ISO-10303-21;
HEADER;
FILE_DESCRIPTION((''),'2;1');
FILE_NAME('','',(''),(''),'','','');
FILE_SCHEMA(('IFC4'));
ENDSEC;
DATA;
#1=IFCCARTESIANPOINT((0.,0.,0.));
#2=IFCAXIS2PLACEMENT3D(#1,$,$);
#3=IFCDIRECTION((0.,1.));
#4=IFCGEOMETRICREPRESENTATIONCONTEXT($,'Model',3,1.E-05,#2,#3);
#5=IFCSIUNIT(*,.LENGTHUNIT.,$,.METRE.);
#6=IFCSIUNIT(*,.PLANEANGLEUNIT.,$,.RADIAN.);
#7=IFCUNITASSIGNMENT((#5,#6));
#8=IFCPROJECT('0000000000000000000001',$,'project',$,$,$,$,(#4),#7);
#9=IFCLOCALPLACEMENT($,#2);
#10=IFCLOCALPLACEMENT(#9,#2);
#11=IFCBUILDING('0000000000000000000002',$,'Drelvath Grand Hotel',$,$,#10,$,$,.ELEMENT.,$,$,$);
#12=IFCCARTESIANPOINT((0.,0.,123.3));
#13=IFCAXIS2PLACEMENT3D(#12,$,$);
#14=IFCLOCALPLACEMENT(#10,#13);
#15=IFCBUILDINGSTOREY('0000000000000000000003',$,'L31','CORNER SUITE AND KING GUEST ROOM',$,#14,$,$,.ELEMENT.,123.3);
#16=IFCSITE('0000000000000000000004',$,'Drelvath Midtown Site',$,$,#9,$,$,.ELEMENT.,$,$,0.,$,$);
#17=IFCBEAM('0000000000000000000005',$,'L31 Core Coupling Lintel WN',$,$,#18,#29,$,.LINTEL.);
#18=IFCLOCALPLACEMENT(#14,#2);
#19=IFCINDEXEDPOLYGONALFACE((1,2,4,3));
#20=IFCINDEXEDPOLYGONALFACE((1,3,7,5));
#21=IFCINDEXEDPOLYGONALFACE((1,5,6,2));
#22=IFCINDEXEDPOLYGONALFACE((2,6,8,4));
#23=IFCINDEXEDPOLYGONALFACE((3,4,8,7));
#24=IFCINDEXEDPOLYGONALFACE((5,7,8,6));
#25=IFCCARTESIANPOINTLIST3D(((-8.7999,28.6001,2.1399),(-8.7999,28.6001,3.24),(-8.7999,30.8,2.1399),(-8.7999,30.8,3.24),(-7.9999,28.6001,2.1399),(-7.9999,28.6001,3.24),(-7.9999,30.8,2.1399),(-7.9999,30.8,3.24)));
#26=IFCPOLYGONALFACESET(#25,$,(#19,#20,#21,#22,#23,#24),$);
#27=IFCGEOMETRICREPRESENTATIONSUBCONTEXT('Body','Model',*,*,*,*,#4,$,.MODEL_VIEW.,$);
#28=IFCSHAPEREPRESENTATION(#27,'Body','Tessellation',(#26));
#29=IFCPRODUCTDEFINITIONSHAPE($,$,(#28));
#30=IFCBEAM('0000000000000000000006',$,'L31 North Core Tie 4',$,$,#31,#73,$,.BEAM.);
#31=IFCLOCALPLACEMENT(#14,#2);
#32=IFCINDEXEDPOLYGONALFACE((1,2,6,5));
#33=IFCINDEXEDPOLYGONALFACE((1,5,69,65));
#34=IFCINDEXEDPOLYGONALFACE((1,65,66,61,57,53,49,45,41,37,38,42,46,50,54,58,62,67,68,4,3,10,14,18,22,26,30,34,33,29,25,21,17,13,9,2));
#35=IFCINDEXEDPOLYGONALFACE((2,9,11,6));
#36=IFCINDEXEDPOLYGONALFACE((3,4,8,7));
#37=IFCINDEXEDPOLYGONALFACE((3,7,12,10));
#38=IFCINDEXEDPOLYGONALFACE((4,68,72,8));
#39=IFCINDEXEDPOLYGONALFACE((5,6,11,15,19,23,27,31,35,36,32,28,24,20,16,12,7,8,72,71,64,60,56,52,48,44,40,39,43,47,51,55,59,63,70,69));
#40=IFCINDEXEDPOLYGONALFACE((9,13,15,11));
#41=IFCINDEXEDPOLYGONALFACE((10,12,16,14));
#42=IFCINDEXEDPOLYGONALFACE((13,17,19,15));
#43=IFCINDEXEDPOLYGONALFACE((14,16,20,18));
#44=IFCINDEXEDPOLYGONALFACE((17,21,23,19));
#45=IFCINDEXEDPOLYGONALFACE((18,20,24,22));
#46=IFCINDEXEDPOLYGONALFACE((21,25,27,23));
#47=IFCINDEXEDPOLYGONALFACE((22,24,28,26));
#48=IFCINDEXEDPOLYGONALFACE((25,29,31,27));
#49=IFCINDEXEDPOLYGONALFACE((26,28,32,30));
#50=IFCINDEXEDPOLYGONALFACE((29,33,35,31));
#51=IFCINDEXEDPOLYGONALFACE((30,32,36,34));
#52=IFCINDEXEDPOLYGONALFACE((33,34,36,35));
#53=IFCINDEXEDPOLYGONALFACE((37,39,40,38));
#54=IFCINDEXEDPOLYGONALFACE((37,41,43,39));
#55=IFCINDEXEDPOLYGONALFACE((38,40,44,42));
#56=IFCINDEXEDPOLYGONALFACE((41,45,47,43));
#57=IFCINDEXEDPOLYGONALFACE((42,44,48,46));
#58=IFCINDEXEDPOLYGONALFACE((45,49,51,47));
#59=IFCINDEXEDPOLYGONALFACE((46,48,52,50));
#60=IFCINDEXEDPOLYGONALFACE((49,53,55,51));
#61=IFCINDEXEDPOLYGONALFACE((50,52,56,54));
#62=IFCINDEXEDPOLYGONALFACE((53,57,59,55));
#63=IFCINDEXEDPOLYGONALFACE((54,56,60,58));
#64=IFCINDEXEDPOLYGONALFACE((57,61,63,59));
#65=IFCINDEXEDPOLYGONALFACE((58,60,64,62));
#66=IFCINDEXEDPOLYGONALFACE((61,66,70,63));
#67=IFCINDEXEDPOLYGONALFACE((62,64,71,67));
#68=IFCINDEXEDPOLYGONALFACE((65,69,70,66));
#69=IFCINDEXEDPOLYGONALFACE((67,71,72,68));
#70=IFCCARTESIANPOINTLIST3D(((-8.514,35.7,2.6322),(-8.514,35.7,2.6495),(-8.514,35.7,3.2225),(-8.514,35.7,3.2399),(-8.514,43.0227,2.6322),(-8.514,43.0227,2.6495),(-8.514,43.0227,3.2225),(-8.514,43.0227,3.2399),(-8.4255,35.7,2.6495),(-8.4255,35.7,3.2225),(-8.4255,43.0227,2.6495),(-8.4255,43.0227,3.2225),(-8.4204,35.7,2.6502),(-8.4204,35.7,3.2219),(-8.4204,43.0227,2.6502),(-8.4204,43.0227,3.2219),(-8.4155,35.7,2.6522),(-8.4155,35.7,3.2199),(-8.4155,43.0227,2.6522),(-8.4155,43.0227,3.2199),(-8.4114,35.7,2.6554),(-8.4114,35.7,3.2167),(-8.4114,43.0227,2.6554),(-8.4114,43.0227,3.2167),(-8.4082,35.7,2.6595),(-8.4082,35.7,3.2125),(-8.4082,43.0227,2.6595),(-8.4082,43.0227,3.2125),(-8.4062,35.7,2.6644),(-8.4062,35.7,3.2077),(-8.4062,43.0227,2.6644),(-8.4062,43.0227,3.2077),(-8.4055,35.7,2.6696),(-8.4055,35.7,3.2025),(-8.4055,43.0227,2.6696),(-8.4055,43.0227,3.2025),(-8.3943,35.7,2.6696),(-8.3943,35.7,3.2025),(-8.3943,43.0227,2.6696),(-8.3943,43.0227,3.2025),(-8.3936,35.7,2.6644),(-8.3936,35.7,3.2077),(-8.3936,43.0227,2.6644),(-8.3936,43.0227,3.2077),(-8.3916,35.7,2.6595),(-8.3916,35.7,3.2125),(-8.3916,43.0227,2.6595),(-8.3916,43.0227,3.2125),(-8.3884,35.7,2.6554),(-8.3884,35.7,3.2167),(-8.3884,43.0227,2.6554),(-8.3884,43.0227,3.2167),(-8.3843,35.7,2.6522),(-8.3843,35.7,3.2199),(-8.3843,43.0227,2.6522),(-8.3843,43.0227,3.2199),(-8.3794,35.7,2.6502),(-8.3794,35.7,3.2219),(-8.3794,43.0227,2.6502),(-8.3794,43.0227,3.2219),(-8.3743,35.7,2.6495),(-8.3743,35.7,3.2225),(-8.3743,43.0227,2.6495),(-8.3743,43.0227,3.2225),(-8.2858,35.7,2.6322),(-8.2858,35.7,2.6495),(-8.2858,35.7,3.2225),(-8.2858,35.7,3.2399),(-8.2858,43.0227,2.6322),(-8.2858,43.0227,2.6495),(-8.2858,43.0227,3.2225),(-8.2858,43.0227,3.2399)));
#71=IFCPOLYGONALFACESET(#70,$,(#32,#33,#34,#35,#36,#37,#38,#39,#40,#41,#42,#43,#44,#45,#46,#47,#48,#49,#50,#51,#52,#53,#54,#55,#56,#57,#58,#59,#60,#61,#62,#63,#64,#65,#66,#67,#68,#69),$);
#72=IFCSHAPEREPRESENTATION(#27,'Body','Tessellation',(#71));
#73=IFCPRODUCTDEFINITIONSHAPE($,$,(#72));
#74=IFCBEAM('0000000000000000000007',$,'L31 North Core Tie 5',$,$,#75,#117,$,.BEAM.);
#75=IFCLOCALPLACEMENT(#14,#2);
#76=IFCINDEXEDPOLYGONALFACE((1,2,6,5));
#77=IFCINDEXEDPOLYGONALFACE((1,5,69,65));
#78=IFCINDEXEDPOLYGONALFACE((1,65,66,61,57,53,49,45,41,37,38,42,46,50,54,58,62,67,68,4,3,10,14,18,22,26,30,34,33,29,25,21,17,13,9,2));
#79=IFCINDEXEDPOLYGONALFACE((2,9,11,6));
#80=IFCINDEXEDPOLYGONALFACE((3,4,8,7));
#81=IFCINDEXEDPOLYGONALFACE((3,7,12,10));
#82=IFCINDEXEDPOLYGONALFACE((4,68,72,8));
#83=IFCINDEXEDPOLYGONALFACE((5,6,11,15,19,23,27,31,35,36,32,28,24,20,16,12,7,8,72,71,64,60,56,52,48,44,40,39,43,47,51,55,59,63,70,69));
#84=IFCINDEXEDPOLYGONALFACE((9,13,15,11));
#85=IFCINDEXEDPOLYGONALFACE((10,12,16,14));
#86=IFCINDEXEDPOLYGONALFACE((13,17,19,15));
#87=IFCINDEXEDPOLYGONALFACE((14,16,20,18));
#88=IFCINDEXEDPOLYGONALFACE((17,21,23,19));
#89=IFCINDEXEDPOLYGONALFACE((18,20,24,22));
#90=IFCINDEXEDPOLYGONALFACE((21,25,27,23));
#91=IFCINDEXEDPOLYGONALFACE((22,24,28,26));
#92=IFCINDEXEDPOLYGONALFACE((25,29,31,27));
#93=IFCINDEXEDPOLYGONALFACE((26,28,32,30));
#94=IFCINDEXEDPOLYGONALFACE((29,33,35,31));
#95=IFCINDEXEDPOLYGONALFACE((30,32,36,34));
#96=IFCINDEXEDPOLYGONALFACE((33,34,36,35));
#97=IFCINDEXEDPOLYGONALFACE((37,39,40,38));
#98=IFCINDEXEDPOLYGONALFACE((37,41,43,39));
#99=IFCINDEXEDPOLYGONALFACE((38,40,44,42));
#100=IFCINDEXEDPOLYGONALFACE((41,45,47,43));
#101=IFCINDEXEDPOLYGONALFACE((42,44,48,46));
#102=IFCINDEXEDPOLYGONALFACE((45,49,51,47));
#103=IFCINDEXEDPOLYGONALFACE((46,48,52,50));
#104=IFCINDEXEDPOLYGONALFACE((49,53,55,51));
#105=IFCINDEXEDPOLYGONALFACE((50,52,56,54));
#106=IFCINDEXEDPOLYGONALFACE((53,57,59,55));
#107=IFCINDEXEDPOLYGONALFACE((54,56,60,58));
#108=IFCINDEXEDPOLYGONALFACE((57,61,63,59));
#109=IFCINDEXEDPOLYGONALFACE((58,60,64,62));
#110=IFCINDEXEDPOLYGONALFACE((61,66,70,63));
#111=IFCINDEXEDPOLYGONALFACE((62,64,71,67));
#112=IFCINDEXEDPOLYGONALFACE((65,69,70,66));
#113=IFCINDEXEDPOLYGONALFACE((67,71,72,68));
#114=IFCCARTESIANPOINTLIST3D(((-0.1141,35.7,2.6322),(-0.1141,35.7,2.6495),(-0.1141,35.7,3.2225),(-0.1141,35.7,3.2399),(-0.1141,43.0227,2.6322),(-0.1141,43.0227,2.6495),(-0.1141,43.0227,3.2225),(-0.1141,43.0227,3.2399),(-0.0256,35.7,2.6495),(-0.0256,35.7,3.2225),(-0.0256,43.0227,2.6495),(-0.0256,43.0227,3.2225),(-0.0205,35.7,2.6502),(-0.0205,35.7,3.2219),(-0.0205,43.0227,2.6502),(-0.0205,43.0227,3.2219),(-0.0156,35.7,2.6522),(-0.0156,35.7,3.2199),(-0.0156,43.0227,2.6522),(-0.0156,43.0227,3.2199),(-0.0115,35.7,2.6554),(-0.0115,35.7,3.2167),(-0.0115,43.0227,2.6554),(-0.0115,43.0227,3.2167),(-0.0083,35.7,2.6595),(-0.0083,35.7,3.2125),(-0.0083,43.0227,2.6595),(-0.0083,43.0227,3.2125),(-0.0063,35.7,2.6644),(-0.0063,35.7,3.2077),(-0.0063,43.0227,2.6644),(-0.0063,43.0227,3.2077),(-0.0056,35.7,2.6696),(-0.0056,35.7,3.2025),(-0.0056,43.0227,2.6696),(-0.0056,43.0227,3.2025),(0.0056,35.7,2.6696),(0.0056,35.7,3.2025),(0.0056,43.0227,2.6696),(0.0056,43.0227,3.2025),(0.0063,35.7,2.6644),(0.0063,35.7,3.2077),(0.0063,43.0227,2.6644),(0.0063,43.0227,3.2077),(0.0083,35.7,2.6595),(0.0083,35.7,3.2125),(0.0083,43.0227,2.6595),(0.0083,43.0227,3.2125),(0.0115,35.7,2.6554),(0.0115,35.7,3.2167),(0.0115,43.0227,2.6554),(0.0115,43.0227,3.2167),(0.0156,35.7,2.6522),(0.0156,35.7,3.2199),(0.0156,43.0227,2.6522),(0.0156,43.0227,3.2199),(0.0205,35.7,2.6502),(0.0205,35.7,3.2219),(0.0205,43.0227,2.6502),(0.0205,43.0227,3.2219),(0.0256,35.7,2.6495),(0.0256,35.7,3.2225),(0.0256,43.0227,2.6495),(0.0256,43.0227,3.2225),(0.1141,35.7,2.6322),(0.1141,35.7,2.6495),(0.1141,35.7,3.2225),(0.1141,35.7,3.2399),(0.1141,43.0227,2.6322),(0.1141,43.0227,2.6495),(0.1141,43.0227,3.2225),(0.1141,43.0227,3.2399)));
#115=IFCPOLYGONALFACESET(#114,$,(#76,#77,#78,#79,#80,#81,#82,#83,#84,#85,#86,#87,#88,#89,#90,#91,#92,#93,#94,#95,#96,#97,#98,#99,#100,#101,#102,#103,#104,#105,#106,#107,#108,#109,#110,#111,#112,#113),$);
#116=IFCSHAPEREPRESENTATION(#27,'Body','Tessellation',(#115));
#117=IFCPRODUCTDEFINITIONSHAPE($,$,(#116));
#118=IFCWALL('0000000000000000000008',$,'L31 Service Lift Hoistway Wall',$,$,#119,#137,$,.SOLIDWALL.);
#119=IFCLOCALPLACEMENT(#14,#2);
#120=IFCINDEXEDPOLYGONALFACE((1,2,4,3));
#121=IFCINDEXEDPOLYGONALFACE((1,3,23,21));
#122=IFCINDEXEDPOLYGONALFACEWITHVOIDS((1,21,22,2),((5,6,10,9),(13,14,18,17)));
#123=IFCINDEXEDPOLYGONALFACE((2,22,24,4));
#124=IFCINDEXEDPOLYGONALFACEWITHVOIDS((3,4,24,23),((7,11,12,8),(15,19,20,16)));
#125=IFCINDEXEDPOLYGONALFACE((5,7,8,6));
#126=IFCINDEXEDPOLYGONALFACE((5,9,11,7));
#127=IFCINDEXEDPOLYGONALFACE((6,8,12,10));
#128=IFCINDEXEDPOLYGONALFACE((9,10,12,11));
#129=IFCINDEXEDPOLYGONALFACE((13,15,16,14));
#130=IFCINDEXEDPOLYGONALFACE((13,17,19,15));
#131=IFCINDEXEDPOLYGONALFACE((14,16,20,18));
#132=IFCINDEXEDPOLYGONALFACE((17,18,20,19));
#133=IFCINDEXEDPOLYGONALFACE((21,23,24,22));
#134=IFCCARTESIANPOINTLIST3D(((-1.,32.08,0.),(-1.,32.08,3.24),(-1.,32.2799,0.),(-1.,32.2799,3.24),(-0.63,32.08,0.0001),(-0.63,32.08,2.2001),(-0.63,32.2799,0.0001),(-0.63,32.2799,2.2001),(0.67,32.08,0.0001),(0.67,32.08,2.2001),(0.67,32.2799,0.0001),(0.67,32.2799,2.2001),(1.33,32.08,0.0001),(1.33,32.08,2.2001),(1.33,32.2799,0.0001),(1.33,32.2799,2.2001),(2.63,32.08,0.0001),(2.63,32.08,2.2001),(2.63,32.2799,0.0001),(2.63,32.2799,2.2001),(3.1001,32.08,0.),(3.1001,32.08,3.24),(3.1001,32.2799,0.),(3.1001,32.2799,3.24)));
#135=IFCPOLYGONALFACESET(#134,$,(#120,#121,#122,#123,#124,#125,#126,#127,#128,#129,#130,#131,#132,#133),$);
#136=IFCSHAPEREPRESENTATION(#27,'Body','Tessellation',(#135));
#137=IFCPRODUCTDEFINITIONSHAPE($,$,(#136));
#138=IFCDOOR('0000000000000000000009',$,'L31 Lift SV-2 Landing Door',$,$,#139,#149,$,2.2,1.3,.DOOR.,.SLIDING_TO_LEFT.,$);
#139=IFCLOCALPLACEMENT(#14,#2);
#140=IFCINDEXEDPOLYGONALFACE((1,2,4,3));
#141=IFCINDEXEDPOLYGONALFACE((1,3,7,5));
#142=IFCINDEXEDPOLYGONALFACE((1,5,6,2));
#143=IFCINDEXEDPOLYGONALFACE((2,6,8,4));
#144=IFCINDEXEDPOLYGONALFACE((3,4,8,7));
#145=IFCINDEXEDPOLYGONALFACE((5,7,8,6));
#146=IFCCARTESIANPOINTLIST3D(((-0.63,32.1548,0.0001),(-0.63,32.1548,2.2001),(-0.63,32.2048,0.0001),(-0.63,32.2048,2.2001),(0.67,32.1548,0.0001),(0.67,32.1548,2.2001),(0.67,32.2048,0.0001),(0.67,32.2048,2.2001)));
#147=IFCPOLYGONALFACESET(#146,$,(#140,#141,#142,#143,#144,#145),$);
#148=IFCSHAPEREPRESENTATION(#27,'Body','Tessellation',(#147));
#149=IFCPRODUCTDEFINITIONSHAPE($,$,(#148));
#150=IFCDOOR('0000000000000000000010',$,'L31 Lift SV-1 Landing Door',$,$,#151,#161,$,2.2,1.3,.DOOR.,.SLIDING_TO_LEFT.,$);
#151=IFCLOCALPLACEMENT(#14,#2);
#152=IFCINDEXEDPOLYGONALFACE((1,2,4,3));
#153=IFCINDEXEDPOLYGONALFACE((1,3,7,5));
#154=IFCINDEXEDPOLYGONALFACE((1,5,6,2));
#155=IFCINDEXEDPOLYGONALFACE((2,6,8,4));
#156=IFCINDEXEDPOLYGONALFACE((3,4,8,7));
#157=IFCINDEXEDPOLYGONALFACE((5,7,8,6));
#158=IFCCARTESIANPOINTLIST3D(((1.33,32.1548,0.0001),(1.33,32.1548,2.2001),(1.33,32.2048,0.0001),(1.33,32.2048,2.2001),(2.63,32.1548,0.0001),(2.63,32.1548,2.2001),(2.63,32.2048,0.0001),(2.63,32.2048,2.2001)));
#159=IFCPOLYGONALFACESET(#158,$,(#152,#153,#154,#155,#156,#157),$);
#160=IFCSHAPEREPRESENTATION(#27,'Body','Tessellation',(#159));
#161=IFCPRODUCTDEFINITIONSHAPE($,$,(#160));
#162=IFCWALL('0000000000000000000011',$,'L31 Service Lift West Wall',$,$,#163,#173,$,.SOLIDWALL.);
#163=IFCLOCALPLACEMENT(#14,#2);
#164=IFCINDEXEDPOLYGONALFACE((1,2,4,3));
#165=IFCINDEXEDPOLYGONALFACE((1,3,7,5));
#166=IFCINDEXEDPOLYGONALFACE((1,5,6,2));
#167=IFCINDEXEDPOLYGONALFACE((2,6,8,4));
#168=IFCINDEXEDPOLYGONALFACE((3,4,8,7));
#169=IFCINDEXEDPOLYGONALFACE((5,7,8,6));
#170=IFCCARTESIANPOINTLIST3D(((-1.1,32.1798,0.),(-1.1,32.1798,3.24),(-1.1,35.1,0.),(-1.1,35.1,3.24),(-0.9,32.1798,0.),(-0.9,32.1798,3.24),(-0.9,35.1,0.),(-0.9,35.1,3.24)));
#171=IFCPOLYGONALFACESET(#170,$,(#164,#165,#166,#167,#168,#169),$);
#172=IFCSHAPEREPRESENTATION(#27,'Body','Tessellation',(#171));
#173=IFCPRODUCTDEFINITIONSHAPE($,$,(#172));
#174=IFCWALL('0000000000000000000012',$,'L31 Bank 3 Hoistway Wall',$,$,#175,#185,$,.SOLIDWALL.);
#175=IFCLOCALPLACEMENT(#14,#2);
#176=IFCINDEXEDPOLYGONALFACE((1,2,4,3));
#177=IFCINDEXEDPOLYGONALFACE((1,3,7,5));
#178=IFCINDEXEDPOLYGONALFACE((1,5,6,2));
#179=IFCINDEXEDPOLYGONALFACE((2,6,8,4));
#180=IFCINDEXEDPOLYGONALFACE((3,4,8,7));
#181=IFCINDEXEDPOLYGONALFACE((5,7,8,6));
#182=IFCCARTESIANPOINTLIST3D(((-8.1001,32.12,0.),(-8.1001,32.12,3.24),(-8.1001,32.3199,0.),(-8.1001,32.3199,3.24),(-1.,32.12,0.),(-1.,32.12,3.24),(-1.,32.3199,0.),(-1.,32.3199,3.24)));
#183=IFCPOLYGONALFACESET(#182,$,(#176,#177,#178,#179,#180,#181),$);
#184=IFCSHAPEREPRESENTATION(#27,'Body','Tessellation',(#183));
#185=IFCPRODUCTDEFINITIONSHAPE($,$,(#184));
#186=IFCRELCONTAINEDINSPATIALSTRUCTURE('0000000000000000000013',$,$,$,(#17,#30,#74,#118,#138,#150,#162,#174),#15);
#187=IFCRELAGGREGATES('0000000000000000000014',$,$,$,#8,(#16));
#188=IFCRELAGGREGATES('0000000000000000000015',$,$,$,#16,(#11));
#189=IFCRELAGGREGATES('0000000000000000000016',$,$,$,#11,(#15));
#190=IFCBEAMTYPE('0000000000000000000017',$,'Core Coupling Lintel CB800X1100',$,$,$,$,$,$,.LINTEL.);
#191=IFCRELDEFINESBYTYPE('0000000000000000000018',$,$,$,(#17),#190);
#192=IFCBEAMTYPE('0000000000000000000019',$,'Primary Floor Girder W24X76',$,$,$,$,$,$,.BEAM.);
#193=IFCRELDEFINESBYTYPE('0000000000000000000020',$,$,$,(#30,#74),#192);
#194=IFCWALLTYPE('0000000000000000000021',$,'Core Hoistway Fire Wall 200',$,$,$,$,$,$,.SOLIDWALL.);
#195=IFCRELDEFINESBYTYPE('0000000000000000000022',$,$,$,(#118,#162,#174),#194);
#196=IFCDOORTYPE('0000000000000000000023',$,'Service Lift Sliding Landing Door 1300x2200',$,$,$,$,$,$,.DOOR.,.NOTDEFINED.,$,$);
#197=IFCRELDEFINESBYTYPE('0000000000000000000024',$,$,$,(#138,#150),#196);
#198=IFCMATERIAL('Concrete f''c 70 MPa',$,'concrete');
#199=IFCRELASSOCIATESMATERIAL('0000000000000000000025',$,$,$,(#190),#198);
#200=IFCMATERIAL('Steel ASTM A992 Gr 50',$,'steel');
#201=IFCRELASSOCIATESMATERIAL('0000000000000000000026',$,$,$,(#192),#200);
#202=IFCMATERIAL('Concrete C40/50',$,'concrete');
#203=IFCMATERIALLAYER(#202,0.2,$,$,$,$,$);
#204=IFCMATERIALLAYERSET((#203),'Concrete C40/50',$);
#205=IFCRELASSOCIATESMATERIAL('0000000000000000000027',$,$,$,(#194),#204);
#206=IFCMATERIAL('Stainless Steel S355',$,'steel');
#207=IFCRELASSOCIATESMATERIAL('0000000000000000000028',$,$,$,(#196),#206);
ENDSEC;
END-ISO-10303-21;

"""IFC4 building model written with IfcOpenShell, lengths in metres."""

from ifc_helpers import new_model, si_unit, direction, frame, frame_2d, origin, origin_2d, place, context, subcontext, project, spatial, rectangle, i_section, extrude, material, layer, layer_set, material_profile, profile_set, type_object, element, fill, save


model = new_model("IFC4")

# Units and contexts
model_context = context("Model", 3, precision=1e-05, world=origin(), true_north=direction((0.0, 1.0)))
body_context = subcontext(model_context, "Body", "Model", "MODEL_VIEW")
ifc_project = project(units=[si_unit("LENGTHUNIT", "METRE"), si_unit("PLANEANGLEUNIT", "RADIAN")], contexts=[model_context])

# Site, building, storey
site_placement = place(None, origin())
site = spatial("IfcSite", under=ifc_project, at=site_placement, Name="Drelvath Midtown Site", CompositionType="ELEMENT", RefElevation=0.0)
building_placement = place(site_placement, origin())
building = spatial("IfcBuilding", under=site, at=building_placement, Name="Drelvath Grand Hotel", CompositionType="ELEMENT")
storey_placement = place(building_placement, frame((0.0, 0.0, 123.3)))
storey = spatial("IfcBuildingStorey", under=building, at=storey_placement, Name="L31", Description="CORNER SUITE AND KING GUEST ROOM", CompositionType="ELEMENT", Elevation=123.3)

# Beams
ifc_material_1 = material(Name="Concrete f'c 70 MPa", Category="concrete")
ifc_material_profile_1 = material_profile(ifc_material_1, rectangle(XDim=0.8, YDim=1.1001, at=origin_2d()), Name="CB800X1100")
ifc_profile_set_1 = profile_set([ifc_material_profile_1], Name="Concrete f'c 70 MPa")
beam_type_1 = type_object("IfcBeamType", Name="Core Coupling Lintel CB800X1100", PredefinedType="LINTEL", material=ifc_profile_set_1)
beam_placement = place(storey_placement, frame((-8.3999, 28.6001, 2.6899), z_axis=(0.0, 1.0, 0.0), x_axis=(-1.0, 0.0, 0.0)))
element("IfcBeam", 1, at=beam_placement, inside=storey, type_object=beam_type_1, Name="L31 Core Coupling Lintel WN", PredefinedType="LINTEL", context=body_context, shape_type="SweptSolid", body=[
    extrude(rectangle(XDim=0.8, YDim=1.1001, at=origin_2d()), origin(), (0.0, 0.0, 1.0), 2.2),
])
ifc_material_2 = material(Name="Steel ASTM A992 Gr 50", Category="steel")
ifc_material_profile_2 = material_profile(ifc_material_2, i_section(OverallWidth=0.2283, OverallDepth=0.6077, WebThickness=0.0112, FlangeThickness=0.0173, FilletRadius=0.02, at=origin_2d()), Name="W24X76")
ifc_profile_set_2 = profile_set([ifc_material_profile_2], Name="Steel ASTM A992 Gr 50")
beam_type_2 = type_object("IfcBeamType", Name="Primary Floor Girder W24X76", PredefinedType="BEAM", material=ifc_profile_set_2)
for number, where, z_axis, x_axis, name in (
    (2, (-8.3999, 35.7, 2.936), (0.0, 1.0, 0.0), (-1.0, 0.0, 0.0), "L31 North Core Tie 4"),
    (3, (0.0, 35.7, 2.936), (0.0, 1.0, 0.0), (-1.0, 0.0, 0.0), "L31 North Core Tie 5"),
):
    element("IfcBeam", number, at=place(storey_placement, frame(where, z_axis=z_axis, x_axis=x_axis)), inside=storey, type_object=beam_type_2, Name=name, PredefinedType="BEAM", context=body_context, shape_type="SweptSolid", body=[
        extrude(i_section(OverallWidth=0.2283, OverallDepth=0.6077, WebThickness=0.0112, FlangeThickness=0.0173, FilletRadius=0.02, at=origin_2d()), origin(), (0.0, 0.0, 1.0), 7.3228),
    ])

# Wall, openings, doors
ifc_material_3 = material(Name="Concrete C40/50", Category="concrete")
ifc_layer_1 = layer(ifc_material_3, 0.2)
ifc_layer_set_1 = layer_set([ifc_layer_1], Name="Concrete C40/50")
wall_type_1 = type_object("IfcWallType", Name="Core Hoistway Fire Wall 200", PredefinedType="SOLIDWALL", material=ifc_layer_set_1)
wall_1_placement = place(storey_placement, frame((-1.0, 32.1799, 0.0), z_axis=(0.0, 0.0, 1.0), x_axis=(1.0, 0.0, 0.0)))
wall_1 = element("IfcWall", 4, at=wall_1_placement, inside=storey, type_object=wall_type_1, Name="L31 Service Lift Hoistway Wall", PredefinedType="SOLIDWALL", context=body_context, shape_type="SweptSolid", body=[
    extrude(rectangle(XDim=4.1001, YDim=0.2, at=frame_2d((2.05, 0.0))), origin(), (0.0, 0.0, 1.0), 3.24),
])
opening_1_placement = place(wall_1_placement, frame((0.3701, 0.0, 0.0)))
opening_1 = element("IfcOpeningElement", 5, at=opening_1_placement, cuts=wall_1, PredefinedType="OPENING", context=body_context, shape_type="SweptSolid", body=[
    extrude(rectangle(XDim=1.3, YDim=2.2, at=frame_2d((0.6499, 1.1001))), frame((0.0, 0.1099, 0.0), z_axis=(0.0, -1.0, 0.0), x_axis=(1.0, 0.0, 0.0)), (0.0, 0.0, 1.0), 0.22),
])
opening_2_placement = place(wall_1_placement, frame((2.3301, 0.0, 0.0)))
opening_2 = element("IfcOpeningElement", 6, at=opening_2_placement, cuts=wall_1, PredefinedType="OPENING", context=body_context, shape_type="SweptSolid", body=[
    extrude(rectangle(XDim=1.3, YDim=2.2, at=frame_2d((0.6499, 1.1001))), frame((0.0, 0.1099, 0.0), z_axis=(0.0, -1.0, 0.0), x_axis=(1.0, 0.0, 0.0)), (0.0, 0.0, 1.0), 0.22),
])
ifc_material_4 = material(Name="Stainless Steel S355", Category="steel")
door_type_1 = type_object("IfcDoorType", Name="Service Lift Sliding Landing Door 1300x2200", OperationType="NOTDEFINED", PredefinedType="DOOR", material=ifc_material_4)
door_1_placement = place(opening_1_placement, origin())
door_1 = element("IfcDoor", 7, at=door_1_placement, inside=storey, type_object=door_type_1, Name="L31 Lift SV-2 Landing Door", OperationType="SLIDING_TO_LEFT", OverallHeight=2.2, OverallWidth=1.3, PredefinedType="DOOR", context=body_context, shape_type="SweptSolid", body=[
    extrude(rectangle(XDim=1.3, YDim=2.2, at=frame_2d((0.6499, 1.1001))), frame((0.0, 0.0249, 0.0), z_axis=(0.0, -1.0, 0.0), x_axis=(1.0, 0.0, 0.0)), (0.0, 0.0, 1.0), 0.05),
])
fill(opening_1, door_1)
door_2_placement = place(opening_2_placement, origin())
door_2 = element("IfcDoor", 8, at=door_2_placement, inside=storey, type_object=door_type_1, Name="L31 Lift SV-1 Landing Door", OperationType="SLIDING_TO_LEFT", OverallHeight=2.2, OverallWidth=1.3, PredefinedType="DOOR", context=body_context, shape_type="SweptSolid", body=[
    extrude(rectangle(XDim=1.3, YDim=2.2, at=frame_2d((0.6499, 1.1001))), frame((0.0, 0.0249, 0.0), z_axis=(0.0, -1.0, 0.0), x_axis=(1.0, 0.0, 0.0)), (0.0, 0.0, 1.0), 0.05),
])
fill(opening_2, door_2)

# Walls
wall_2_placement = place(storey_placement, frame((-1.0, 32.1799, 0.0), z_axis=(0.0, 0.0, 1.0), x_axis=(0.0, 1.0, 0.0)))
element("IfcWall", 9, at=wall_2_placement, inside=storey, type_object=wall_type_1, Name="L31 Service Lift West Wall", PredefinedType="SOLIDWALL", context=body_context, shape_type="SweptSolid", body=[
    extrude(rectangle(XDim=2.9202, YDim=0.2, at=frame_2d((1.46, 0.0))), origin(), (0.0, 0.0, 1.0), 3.24),
])
wall_3_placement = place(storey_placement, frame((-8.1001, 32.22, 0.0), z_axis=(0.0, 0.0, 1.0), x_axis=(1.0, 0.0, 0.0)))
element("IfcWall", 10, at=wall_3_placement, inside=storey, type_object=wall_type_1, Name="L31 Bank 3 Hoistway Wall", PredefinedType="SOLIDWALL", context=body_context, shape_type="SweptSolid", body=[
    extrude(rectangle(XDim=7.1001, YDim=0.2, at=frame_2d((3.55, 0.0))), origin(), (0.0, 0.0, 1.0), 3.24),
])

save(model, "model.ifc")
